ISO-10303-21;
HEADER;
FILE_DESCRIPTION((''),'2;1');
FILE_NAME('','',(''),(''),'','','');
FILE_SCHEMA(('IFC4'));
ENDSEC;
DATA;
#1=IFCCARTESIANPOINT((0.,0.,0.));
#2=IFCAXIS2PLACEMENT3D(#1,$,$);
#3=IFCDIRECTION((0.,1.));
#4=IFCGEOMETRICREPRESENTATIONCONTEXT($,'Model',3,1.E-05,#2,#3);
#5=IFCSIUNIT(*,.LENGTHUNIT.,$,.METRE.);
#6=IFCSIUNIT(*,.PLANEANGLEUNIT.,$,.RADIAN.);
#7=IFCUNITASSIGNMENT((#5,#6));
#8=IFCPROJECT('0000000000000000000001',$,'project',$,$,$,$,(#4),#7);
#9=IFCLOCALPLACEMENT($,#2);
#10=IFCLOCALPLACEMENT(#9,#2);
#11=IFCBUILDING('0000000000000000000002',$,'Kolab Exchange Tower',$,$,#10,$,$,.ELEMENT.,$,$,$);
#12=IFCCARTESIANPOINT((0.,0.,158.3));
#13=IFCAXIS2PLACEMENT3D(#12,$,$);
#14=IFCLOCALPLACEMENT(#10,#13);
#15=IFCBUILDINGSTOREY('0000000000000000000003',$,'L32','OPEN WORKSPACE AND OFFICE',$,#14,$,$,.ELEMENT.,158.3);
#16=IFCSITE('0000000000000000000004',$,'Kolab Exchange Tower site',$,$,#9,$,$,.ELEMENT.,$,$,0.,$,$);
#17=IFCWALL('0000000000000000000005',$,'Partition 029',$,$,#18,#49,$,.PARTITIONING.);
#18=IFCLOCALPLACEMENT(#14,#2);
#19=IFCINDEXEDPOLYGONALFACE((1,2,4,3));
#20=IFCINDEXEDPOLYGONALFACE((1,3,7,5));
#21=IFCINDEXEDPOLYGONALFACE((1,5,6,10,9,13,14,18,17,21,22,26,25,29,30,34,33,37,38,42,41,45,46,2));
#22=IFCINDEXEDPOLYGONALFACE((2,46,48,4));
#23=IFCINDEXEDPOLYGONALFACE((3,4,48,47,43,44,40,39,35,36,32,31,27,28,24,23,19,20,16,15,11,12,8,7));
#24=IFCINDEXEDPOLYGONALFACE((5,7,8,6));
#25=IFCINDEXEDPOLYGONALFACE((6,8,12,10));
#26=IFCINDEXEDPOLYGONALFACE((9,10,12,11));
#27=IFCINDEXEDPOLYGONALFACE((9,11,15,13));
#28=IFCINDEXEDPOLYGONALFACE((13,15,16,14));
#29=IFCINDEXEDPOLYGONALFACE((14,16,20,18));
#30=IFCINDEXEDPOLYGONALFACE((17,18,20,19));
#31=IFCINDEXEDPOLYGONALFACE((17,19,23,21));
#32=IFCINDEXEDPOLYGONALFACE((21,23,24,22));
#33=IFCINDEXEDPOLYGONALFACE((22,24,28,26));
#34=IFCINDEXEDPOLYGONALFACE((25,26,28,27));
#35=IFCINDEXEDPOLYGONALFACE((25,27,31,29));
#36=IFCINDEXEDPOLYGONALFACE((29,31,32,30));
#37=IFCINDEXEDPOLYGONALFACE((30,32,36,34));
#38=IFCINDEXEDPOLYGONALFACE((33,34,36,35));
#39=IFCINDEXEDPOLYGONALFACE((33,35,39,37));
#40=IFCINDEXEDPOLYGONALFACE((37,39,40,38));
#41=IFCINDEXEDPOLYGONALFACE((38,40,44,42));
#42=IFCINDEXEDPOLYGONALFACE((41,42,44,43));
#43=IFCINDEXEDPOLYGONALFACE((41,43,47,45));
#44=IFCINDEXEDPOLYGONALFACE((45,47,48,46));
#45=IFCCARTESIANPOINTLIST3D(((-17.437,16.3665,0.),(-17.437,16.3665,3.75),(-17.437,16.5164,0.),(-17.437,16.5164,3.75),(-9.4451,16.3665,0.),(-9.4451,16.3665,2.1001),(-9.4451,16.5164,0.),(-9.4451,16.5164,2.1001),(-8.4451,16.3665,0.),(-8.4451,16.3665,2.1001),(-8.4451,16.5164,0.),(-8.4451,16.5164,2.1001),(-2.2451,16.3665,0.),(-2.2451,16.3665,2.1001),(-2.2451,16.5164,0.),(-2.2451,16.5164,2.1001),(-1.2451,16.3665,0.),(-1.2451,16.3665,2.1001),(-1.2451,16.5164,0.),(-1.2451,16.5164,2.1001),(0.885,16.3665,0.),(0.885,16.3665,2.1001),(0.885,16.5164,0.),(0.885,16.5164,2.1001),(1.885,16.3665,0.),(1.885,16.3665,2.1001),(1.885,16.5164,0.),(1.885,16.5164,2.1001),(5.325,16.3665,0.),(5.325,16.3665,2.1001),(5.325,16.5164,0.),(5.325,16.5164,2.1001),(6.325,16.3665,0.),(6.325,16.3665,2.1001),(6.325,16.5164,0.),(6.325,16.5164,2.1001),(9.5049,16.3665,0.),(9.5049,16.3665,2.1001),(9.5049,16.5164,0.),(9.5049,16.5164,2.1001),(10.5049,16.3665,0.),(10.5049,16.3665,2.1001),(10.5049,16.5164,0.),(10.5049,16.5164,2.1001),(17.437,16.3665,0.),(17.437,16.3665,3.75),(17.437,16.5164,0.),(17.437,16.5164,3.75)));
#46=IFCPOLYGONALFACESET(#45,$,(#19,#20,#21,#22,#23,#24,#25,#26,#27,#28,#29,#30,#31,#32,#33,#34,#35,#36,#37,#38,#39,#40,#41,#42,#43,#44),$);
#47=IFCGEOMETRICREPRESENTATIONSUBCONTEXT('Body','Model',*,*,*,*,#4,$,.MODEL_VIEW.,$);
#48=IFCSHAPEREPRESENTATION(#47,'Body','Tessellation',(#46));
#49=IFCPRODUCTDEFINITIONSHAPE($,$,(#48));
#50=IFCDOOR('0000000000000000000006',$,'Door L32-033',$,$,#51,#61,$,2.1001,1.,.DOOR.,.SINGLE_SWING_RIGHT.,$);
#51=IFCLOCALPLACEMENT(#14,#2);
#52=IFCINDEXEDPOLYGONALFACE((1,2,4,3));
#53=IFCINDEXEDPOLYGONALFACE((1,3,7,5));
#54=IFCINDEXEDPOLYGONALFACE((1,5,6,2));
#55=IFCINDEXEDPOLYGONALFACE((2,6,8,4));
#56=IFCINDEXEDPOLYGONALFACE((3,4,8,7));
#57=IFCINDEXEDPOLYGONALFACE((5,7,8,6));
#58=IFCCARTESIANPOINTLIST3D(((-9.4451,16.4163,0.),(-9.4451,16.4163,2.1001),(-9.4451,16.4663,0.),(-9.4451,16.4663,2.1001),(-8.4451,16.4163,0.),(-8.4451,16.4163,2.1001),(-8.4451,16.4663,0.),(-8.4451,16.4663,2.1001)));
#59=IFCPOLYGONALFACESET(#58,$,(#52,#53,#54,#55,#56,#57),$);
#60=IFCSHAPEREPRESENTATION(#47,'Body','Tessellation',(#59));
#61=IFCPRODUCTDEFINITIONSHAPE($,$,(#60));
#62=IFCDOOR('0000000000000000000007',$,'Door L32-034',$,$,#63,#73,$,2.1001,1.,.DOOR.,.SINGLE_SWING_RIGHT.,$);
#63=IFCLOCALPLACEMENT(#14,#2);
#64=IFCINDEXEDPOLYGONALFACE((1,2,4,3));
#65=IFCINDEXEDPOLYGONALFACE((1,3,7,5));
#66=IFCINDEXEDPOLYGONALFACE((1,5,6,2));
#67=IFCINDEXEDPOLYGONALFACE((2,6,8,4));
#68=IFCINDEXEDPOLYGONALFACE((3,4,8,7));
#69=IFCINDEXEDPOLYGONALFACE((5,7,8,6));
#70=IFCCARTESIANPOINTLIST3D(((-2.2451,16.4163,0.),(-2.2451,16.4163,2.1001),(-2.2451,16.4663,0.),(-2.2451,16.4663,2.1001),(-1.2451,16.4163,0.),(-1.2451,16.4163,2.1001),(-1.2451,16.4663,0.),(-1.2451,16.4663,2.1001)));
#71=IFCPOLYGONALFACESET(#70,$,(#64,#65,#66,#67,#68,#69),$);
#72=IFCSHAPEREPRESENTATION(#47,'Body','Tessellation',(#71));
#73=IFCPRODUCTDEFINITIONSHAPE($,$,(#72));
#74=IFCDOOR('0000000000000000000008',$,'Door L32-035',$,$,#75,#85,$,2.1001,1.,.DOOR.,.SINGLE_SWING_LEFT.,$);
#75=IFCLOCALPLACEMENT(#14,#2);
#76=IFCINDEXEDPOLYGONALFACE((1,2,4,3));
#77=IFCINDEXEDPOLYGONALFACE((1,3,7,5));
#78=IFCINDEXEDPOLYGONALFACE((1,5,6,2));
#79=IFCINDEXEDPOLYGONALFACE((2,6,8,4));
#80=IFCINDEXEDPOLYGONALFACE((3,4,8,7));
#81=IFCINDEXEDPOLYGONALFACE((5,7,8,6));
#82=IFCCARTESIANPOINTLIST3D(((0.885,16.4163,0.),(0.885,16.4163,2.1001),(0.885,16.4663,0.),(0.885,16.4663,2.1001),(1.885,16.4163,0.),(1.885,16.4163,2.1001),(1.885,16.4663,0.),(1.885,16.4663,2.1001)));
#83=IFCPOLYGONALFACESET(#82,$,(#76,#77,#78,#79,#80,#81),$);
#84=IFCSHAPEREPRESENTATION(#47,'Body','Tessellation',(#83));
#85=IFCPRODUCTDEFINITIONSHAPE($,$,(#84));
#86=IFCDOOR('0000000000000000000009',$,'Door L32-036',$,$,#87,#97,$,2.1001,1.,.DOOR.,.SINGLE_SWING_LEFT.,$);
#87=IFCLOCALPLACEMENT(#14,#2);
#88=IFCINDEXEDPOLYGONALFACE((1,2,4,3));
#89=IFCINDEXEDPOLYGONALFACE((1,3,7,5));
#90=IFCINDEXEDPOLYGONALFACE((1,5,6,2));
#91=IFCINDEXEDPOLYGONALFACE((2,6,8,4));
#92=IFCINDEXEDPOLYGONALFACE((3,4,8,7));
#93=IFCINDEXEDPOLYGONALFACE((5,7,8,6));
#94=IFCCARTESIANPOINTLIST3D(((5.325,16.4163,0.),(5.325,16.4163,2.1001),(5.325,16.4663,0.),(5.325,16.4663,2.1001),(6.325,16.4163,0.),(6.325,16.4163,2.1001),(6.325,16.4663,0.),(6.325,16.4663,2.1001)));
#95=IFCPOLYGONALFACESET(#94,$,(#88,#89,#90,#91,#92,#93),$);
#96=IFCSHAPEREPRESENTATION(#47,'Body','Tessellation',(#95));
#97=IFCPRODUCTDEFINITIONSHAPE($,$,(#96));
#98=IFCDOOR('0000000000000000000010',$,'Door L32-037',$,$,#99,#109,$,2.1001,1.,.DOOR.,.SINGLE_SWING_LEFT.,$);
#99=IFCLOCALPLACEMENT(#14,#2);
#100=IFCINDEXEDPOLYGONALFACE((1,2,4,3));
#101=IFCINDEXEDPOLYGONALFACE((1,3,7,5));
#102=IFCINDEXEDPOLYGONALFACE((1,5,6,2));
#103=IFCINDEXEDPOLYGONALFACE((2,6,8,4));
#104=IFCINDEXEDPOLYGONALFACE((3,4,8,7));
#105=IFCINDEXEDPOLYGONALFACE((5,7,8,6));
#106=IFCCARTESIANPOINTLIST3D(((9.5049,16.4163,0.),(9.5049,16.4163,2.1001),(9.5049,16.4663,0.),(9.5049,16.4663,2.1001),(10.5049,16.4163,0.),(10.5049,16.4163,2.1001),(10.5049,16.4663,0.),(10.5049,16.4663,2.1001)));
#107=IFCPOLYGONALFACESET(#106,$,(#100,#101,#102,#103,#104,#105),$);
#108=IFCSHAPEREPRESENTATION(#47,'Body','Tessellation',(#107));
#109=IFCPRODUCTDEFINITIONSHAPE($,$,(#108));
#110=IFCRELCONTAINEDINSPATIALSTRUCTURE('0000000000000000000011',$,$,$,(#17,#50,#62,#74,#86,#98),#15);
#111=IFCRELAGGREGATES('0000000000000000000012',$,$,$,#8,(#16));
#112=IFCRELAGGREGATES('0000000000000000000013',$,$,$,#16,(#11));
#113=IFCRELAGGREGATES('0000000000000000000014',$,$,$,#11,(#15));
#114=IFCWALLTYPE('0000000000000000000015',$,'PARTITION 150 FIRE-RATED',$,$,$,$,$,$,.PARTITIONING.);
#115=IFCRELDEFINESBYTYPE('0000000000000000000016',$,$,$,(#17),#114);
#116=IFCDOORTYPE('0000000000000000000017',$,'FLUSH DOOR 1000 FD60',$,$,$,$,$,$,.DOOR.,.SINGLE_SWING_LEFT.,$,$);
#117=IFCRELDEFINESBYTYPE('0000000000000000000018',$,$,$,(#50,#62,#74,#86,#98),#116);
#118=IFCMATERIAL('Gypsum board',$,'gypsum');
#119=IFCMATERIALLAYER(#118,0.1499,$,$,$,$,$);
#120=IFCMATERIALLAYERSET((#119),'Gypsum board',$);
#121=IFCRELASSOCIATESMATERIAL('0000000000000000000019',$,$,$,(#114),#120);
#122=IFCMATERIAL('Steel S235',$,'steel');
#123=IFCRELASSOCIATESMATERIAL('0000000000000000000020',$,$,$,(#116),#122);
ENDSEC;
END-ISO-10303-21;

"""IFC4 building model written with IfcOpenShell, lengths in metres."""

from ifc_helpers import new_model, si_unit, direction, frame, frame_2d, origin, place, context, subcontext, project, spatial, rectangle, extrude, material, layer, layer_set, type_object, element, fill, save


model = new_model("IFC4")

# Units and contexts
model_context = context("Model", 3, precision=1e-05, world=origin(), true_north=direction((0.0, 1.0)))
body_context = subcontext(model_context, "Body", "Model", "MODEL_VIEW")
ifc_project = project(units=[si_unit("LENGTHUNIT", "METRE"), si_unit("PLANEANGLEUNIT", "RADIAN")], contexts=[model_context])

# Site, building, storey
site_placement = place(None, origin())
site = spatial("IfcSite", under=ifc_project, at=site_placement, Name="Kolab Exchange Tower site", CompositionType="ELEMENT", RefElevation=0.0)
building_placement = place(site_placement, origin())
building = spatial("IfcBuilding", under=site, at=building_placement, Name="Kolab Exchange Tower", CompositionType="ELEMENT")
storey_placement = place(building_placement, frame((0.0, 0.0, 158.3)))
storey = spatial("IfcBuildingStorey", under=building, at=storey_placement, Name="L32", Description="OPEN WORKSPACE AND OFFICE", CompositionType="ELEMENT", Elevation=158.3)

# Wall, openings, doors
ifc_material_1 = material(Name="Gypsum board", Category="gypsum")
ifc_layer_1 = layer(ifc_material_1, 0.1499)
ifc_layer_set_1 = layer_set([ifc_layer_1], Name="Gypsum board")
wall_type = type_object("IfcWallType", Name="PARTITION 150 FIRE-RATED", PredefinedType="PARTITIONING", material=ifc_layer_set_1)
wall_placement = place(storey_placement, frame((-17.437, 16.4414, 0.0), z_axis=(0.0, 0.0, 1.0), x_axis=(1.0, 0.0, 0.0)))
wall = element("IfcWall", 1, at=wall_placement, inside=storey, type_object=wall_type, Name="Partition 029", PredefinedType="PARTITIONING", context=body_context, shape_type="SweptSolid", body=[
    extrude(rectangle(XDim=34.874, YDim=0.1499, at=frame_2d((17.437, 0.0))), origin(), (0.0, 0.0, 1.0), 3.75),
])
opening_1_placement = place(wall_placement, frame((7.9919, 0.0, 0.0)))
opening_1 = element("IfcOpeningElement", 2, at=opening_1_placement, cuts=wall, PredefinedType="OPENING", context=body_context, shape_type="SweptSolid", body=[
    extrude(rectangle(XDim=1.0, YDim=2.1001, at=frame_2d((0.5, 1.05))), frame((0.0, 0.085, 0.0), z_axis=(0.0, -1.0, 0.0), x_axis=(1.0, 0.0, 0.0)), (0.0, 0.0, 1.0), 0.1699),
])
opening_2_placement = place(wall_placement, frame((15.1919, 0.0, 0.0)))
opening_2 = element("IfcOpeningElement", 3, at=opening_2_placement, cuts=wall, PredefinedType="OPENING", context=body_context, shape_type="SweptSolid", body=[
    extrude(rectangle(XDim=1.0, YDim=2.1001, at=frame_2d((0.5, 1.05))), frame((0.0, 0.085, 0.0), z_axis=(0.0, -1.0, 0.0), x_axis=(1.0, 0.0, 0.0)), (0.0, 0.0, 1.0), 0.1699),
])
opening_3_placement = place(wall_placement, frame((18.322, 0.0, 0.0)))
opening_3 = element("IfcOpeningElement", 4, at=opening_3_placement, cuts=wall, PredefinedType="OPENING", context=body_context, shape_type="SweptSolid", body=[
    extrude(rectangle(XDim=1.0, YDim=2.1001, at=frame_2d((0.5, 1.05))), frame((0.0, 0.085, 0.0), z_axis=(0.0, -1.0, 0.0), x_axis=(1.0, 0.0, 0.0)), (0.0, 0.0, 1.0), 0.1699),
])
opening_4_placement = place(wall_placement, frame((22.762, 0.0, 0.0)))
opening_4 = element("IfcOpeningElement", 5, at=opening_4_placement, cuts=wall, PredefinedType="OPENING", context=body_context, shape_type="SweptSolid", body=[
    extrude(rectangle(XDim=1.0, YDim=2.1001, at=frame_2d((0.5, 1.05))), frame((0.0, 0.085, 0.0), z_axis=(0.0, -1.0, 0.0), x_axis=(1.0, 0.0, 0.0)), (0.0, 0.0, 1.0), 0.1699),
])
opening_5_placement = place(wall_placement, frame((26.9419, 0.0, 0.0)))
opening_5 = element("IfcOpeningElement", 6, at=opening_5_placement, cuts=wall, PredefinedType="OPENING", context=body_context, shape_type="SweptSolid", body=[
    extrude(rectangle(XDim=1.0, YDim=2.1001, at=frame_2d((0.5, 1.05))), frame((0.0, 0.085, 0.0), z_axis=(0.0, -1.0, 0.0), x_axis=(1.0, 0.0, 0.0)), (0.0, 0.0, 1.0), 0.1699),
])
ifc_material_2 = material(Name="Steel S235", Category="steel")
door_type = type_object("IfcDoorType", Name="FLUSH DOOR 1000 FD60", OperationType="SINGLE_SWING_LEFT", PredefinedType="DOOR", material=ifc_material_2)
door_1_placement = place(opening_1_placement, origin())
door_1 = element("IfcDoor", 7, at=door_1_placement, inside=storey, type_object=door_type, Name="Door L32-033", OperationType="SINGLE_SWING_RIGHT", OverallHeight=2.1001, OverallWidth=1.0, PredefinedType="DOOR", context=body_context, shape_type="SweptSolid", body=[
    extrude(rectangle(XDim=1.0, YDim=2.1001, at=frame_2d((0.5, 1.05))), frame((0.0, 0.0249, 0.0), z_axis=(0.0, -1.0, 0.0), x_axis=(1.0, 0.0, 0.0)), (0.0, 0.0, 1.0), 0.05),
])
fill(opening_1, door_1)
door_2_placement = place(opening_2_placement, origin())
door_2 = element("IfcDoor", 8, at=door_2_placement, inside=storey, type_object=door_type, Name="Door L32-034", OperationType="SINGLE_SWING_RIGHT", OverallHeight=2.1001, OverallWidth=1.0, PredefinedType="DOOR", context=body_context, shape_type="SweptSolid", body=[
    extrude(rectangle(XDim=1.0, YDim=2.1001, at=frame_2d((0.5, 1.05))), frame((0.0, 0.0249, 0.0), z_axis=(0.0, -1.0, 0.0), x_axis=(1.0, 0.0, 0.0)), (0.0, 0.0, 1.0), 0.05),
])
fill(opening_2, door_2)
door_3_placement = place(opening_3_placement, origin())
door_3 = element("IfcDoor", 9, at=door_3_placement, inside=storey, type_object=door_type, Name="Door L32-035", OperationType="SINGLE_SWING_LEFT", OverallHeight=2.1001, OverallWidth=1.0, PredefinedType="DOOR", context=body_context, shape_type="SweptSolid", body=[
    extrude(rectangle(XDim=1.0, YDim=2.1001, at=frame_2d((0.5, 1.05))), frame((0.0, 0.0249, 0.0), z_axis=(0.0, -1.0, 0.0), x_axis=(1.0, 0.0, 0.0)), (0.0, 0.0, 1.0), 0.05),
])
fill(opening_3, door_3)
door_4_placement = place(opening_4_placement, origin())
door_4 = element("IfcDoor", 10, at=door_4_placement, inside=storey, type_object=door_type, Name="Door L32-036", OperationType="SINGLE_SWING_LEFT", OverallHeight=2.1001, OverallWidth=1.0, PredefinedType="DOOR", context=body_context, shape_type="SweptSolid", body=[
    extrude(rectangle(XDim=1.0, YDim=2.1001, at=frame_2d((0.5, 1.05))), frame((0.0, 0.0249, 0.0), z_axis=(0.0, -1.0, 0.0), x_axis=(1.0, 0.0, 0.0)), (0.0, 0.0, 1.0), 0.05),
])
fill(opening_4, door_4)
door_5_placement = place(opening_5_placement, origin())
door_5 = element("IfcDoor", 11, at=door_5_placement, inside=storey, type_object=door_type, Name="Door L32-037", OperationType="SINGLE_SWING_LEFT", OverallHeight=2.1001, OverallWidth=1.0, PredefinedType="DOOR", context=body_context, shape_type="SweptSolid", body=[
    extrude(rectangle(XDim=1.0, YDim=2.1001, at=frame_2d((0.5, 1.05))), frame((0.0, 0.0249, 0.0), z_axis=(0.0, -1.0, 0.0), x_axis=(1.0, 0.0, 0.0)), (0.0, 0.0, 1.0), 0.05),
])
fill(opening_5, door_5)

save(model, "model.ifc")
